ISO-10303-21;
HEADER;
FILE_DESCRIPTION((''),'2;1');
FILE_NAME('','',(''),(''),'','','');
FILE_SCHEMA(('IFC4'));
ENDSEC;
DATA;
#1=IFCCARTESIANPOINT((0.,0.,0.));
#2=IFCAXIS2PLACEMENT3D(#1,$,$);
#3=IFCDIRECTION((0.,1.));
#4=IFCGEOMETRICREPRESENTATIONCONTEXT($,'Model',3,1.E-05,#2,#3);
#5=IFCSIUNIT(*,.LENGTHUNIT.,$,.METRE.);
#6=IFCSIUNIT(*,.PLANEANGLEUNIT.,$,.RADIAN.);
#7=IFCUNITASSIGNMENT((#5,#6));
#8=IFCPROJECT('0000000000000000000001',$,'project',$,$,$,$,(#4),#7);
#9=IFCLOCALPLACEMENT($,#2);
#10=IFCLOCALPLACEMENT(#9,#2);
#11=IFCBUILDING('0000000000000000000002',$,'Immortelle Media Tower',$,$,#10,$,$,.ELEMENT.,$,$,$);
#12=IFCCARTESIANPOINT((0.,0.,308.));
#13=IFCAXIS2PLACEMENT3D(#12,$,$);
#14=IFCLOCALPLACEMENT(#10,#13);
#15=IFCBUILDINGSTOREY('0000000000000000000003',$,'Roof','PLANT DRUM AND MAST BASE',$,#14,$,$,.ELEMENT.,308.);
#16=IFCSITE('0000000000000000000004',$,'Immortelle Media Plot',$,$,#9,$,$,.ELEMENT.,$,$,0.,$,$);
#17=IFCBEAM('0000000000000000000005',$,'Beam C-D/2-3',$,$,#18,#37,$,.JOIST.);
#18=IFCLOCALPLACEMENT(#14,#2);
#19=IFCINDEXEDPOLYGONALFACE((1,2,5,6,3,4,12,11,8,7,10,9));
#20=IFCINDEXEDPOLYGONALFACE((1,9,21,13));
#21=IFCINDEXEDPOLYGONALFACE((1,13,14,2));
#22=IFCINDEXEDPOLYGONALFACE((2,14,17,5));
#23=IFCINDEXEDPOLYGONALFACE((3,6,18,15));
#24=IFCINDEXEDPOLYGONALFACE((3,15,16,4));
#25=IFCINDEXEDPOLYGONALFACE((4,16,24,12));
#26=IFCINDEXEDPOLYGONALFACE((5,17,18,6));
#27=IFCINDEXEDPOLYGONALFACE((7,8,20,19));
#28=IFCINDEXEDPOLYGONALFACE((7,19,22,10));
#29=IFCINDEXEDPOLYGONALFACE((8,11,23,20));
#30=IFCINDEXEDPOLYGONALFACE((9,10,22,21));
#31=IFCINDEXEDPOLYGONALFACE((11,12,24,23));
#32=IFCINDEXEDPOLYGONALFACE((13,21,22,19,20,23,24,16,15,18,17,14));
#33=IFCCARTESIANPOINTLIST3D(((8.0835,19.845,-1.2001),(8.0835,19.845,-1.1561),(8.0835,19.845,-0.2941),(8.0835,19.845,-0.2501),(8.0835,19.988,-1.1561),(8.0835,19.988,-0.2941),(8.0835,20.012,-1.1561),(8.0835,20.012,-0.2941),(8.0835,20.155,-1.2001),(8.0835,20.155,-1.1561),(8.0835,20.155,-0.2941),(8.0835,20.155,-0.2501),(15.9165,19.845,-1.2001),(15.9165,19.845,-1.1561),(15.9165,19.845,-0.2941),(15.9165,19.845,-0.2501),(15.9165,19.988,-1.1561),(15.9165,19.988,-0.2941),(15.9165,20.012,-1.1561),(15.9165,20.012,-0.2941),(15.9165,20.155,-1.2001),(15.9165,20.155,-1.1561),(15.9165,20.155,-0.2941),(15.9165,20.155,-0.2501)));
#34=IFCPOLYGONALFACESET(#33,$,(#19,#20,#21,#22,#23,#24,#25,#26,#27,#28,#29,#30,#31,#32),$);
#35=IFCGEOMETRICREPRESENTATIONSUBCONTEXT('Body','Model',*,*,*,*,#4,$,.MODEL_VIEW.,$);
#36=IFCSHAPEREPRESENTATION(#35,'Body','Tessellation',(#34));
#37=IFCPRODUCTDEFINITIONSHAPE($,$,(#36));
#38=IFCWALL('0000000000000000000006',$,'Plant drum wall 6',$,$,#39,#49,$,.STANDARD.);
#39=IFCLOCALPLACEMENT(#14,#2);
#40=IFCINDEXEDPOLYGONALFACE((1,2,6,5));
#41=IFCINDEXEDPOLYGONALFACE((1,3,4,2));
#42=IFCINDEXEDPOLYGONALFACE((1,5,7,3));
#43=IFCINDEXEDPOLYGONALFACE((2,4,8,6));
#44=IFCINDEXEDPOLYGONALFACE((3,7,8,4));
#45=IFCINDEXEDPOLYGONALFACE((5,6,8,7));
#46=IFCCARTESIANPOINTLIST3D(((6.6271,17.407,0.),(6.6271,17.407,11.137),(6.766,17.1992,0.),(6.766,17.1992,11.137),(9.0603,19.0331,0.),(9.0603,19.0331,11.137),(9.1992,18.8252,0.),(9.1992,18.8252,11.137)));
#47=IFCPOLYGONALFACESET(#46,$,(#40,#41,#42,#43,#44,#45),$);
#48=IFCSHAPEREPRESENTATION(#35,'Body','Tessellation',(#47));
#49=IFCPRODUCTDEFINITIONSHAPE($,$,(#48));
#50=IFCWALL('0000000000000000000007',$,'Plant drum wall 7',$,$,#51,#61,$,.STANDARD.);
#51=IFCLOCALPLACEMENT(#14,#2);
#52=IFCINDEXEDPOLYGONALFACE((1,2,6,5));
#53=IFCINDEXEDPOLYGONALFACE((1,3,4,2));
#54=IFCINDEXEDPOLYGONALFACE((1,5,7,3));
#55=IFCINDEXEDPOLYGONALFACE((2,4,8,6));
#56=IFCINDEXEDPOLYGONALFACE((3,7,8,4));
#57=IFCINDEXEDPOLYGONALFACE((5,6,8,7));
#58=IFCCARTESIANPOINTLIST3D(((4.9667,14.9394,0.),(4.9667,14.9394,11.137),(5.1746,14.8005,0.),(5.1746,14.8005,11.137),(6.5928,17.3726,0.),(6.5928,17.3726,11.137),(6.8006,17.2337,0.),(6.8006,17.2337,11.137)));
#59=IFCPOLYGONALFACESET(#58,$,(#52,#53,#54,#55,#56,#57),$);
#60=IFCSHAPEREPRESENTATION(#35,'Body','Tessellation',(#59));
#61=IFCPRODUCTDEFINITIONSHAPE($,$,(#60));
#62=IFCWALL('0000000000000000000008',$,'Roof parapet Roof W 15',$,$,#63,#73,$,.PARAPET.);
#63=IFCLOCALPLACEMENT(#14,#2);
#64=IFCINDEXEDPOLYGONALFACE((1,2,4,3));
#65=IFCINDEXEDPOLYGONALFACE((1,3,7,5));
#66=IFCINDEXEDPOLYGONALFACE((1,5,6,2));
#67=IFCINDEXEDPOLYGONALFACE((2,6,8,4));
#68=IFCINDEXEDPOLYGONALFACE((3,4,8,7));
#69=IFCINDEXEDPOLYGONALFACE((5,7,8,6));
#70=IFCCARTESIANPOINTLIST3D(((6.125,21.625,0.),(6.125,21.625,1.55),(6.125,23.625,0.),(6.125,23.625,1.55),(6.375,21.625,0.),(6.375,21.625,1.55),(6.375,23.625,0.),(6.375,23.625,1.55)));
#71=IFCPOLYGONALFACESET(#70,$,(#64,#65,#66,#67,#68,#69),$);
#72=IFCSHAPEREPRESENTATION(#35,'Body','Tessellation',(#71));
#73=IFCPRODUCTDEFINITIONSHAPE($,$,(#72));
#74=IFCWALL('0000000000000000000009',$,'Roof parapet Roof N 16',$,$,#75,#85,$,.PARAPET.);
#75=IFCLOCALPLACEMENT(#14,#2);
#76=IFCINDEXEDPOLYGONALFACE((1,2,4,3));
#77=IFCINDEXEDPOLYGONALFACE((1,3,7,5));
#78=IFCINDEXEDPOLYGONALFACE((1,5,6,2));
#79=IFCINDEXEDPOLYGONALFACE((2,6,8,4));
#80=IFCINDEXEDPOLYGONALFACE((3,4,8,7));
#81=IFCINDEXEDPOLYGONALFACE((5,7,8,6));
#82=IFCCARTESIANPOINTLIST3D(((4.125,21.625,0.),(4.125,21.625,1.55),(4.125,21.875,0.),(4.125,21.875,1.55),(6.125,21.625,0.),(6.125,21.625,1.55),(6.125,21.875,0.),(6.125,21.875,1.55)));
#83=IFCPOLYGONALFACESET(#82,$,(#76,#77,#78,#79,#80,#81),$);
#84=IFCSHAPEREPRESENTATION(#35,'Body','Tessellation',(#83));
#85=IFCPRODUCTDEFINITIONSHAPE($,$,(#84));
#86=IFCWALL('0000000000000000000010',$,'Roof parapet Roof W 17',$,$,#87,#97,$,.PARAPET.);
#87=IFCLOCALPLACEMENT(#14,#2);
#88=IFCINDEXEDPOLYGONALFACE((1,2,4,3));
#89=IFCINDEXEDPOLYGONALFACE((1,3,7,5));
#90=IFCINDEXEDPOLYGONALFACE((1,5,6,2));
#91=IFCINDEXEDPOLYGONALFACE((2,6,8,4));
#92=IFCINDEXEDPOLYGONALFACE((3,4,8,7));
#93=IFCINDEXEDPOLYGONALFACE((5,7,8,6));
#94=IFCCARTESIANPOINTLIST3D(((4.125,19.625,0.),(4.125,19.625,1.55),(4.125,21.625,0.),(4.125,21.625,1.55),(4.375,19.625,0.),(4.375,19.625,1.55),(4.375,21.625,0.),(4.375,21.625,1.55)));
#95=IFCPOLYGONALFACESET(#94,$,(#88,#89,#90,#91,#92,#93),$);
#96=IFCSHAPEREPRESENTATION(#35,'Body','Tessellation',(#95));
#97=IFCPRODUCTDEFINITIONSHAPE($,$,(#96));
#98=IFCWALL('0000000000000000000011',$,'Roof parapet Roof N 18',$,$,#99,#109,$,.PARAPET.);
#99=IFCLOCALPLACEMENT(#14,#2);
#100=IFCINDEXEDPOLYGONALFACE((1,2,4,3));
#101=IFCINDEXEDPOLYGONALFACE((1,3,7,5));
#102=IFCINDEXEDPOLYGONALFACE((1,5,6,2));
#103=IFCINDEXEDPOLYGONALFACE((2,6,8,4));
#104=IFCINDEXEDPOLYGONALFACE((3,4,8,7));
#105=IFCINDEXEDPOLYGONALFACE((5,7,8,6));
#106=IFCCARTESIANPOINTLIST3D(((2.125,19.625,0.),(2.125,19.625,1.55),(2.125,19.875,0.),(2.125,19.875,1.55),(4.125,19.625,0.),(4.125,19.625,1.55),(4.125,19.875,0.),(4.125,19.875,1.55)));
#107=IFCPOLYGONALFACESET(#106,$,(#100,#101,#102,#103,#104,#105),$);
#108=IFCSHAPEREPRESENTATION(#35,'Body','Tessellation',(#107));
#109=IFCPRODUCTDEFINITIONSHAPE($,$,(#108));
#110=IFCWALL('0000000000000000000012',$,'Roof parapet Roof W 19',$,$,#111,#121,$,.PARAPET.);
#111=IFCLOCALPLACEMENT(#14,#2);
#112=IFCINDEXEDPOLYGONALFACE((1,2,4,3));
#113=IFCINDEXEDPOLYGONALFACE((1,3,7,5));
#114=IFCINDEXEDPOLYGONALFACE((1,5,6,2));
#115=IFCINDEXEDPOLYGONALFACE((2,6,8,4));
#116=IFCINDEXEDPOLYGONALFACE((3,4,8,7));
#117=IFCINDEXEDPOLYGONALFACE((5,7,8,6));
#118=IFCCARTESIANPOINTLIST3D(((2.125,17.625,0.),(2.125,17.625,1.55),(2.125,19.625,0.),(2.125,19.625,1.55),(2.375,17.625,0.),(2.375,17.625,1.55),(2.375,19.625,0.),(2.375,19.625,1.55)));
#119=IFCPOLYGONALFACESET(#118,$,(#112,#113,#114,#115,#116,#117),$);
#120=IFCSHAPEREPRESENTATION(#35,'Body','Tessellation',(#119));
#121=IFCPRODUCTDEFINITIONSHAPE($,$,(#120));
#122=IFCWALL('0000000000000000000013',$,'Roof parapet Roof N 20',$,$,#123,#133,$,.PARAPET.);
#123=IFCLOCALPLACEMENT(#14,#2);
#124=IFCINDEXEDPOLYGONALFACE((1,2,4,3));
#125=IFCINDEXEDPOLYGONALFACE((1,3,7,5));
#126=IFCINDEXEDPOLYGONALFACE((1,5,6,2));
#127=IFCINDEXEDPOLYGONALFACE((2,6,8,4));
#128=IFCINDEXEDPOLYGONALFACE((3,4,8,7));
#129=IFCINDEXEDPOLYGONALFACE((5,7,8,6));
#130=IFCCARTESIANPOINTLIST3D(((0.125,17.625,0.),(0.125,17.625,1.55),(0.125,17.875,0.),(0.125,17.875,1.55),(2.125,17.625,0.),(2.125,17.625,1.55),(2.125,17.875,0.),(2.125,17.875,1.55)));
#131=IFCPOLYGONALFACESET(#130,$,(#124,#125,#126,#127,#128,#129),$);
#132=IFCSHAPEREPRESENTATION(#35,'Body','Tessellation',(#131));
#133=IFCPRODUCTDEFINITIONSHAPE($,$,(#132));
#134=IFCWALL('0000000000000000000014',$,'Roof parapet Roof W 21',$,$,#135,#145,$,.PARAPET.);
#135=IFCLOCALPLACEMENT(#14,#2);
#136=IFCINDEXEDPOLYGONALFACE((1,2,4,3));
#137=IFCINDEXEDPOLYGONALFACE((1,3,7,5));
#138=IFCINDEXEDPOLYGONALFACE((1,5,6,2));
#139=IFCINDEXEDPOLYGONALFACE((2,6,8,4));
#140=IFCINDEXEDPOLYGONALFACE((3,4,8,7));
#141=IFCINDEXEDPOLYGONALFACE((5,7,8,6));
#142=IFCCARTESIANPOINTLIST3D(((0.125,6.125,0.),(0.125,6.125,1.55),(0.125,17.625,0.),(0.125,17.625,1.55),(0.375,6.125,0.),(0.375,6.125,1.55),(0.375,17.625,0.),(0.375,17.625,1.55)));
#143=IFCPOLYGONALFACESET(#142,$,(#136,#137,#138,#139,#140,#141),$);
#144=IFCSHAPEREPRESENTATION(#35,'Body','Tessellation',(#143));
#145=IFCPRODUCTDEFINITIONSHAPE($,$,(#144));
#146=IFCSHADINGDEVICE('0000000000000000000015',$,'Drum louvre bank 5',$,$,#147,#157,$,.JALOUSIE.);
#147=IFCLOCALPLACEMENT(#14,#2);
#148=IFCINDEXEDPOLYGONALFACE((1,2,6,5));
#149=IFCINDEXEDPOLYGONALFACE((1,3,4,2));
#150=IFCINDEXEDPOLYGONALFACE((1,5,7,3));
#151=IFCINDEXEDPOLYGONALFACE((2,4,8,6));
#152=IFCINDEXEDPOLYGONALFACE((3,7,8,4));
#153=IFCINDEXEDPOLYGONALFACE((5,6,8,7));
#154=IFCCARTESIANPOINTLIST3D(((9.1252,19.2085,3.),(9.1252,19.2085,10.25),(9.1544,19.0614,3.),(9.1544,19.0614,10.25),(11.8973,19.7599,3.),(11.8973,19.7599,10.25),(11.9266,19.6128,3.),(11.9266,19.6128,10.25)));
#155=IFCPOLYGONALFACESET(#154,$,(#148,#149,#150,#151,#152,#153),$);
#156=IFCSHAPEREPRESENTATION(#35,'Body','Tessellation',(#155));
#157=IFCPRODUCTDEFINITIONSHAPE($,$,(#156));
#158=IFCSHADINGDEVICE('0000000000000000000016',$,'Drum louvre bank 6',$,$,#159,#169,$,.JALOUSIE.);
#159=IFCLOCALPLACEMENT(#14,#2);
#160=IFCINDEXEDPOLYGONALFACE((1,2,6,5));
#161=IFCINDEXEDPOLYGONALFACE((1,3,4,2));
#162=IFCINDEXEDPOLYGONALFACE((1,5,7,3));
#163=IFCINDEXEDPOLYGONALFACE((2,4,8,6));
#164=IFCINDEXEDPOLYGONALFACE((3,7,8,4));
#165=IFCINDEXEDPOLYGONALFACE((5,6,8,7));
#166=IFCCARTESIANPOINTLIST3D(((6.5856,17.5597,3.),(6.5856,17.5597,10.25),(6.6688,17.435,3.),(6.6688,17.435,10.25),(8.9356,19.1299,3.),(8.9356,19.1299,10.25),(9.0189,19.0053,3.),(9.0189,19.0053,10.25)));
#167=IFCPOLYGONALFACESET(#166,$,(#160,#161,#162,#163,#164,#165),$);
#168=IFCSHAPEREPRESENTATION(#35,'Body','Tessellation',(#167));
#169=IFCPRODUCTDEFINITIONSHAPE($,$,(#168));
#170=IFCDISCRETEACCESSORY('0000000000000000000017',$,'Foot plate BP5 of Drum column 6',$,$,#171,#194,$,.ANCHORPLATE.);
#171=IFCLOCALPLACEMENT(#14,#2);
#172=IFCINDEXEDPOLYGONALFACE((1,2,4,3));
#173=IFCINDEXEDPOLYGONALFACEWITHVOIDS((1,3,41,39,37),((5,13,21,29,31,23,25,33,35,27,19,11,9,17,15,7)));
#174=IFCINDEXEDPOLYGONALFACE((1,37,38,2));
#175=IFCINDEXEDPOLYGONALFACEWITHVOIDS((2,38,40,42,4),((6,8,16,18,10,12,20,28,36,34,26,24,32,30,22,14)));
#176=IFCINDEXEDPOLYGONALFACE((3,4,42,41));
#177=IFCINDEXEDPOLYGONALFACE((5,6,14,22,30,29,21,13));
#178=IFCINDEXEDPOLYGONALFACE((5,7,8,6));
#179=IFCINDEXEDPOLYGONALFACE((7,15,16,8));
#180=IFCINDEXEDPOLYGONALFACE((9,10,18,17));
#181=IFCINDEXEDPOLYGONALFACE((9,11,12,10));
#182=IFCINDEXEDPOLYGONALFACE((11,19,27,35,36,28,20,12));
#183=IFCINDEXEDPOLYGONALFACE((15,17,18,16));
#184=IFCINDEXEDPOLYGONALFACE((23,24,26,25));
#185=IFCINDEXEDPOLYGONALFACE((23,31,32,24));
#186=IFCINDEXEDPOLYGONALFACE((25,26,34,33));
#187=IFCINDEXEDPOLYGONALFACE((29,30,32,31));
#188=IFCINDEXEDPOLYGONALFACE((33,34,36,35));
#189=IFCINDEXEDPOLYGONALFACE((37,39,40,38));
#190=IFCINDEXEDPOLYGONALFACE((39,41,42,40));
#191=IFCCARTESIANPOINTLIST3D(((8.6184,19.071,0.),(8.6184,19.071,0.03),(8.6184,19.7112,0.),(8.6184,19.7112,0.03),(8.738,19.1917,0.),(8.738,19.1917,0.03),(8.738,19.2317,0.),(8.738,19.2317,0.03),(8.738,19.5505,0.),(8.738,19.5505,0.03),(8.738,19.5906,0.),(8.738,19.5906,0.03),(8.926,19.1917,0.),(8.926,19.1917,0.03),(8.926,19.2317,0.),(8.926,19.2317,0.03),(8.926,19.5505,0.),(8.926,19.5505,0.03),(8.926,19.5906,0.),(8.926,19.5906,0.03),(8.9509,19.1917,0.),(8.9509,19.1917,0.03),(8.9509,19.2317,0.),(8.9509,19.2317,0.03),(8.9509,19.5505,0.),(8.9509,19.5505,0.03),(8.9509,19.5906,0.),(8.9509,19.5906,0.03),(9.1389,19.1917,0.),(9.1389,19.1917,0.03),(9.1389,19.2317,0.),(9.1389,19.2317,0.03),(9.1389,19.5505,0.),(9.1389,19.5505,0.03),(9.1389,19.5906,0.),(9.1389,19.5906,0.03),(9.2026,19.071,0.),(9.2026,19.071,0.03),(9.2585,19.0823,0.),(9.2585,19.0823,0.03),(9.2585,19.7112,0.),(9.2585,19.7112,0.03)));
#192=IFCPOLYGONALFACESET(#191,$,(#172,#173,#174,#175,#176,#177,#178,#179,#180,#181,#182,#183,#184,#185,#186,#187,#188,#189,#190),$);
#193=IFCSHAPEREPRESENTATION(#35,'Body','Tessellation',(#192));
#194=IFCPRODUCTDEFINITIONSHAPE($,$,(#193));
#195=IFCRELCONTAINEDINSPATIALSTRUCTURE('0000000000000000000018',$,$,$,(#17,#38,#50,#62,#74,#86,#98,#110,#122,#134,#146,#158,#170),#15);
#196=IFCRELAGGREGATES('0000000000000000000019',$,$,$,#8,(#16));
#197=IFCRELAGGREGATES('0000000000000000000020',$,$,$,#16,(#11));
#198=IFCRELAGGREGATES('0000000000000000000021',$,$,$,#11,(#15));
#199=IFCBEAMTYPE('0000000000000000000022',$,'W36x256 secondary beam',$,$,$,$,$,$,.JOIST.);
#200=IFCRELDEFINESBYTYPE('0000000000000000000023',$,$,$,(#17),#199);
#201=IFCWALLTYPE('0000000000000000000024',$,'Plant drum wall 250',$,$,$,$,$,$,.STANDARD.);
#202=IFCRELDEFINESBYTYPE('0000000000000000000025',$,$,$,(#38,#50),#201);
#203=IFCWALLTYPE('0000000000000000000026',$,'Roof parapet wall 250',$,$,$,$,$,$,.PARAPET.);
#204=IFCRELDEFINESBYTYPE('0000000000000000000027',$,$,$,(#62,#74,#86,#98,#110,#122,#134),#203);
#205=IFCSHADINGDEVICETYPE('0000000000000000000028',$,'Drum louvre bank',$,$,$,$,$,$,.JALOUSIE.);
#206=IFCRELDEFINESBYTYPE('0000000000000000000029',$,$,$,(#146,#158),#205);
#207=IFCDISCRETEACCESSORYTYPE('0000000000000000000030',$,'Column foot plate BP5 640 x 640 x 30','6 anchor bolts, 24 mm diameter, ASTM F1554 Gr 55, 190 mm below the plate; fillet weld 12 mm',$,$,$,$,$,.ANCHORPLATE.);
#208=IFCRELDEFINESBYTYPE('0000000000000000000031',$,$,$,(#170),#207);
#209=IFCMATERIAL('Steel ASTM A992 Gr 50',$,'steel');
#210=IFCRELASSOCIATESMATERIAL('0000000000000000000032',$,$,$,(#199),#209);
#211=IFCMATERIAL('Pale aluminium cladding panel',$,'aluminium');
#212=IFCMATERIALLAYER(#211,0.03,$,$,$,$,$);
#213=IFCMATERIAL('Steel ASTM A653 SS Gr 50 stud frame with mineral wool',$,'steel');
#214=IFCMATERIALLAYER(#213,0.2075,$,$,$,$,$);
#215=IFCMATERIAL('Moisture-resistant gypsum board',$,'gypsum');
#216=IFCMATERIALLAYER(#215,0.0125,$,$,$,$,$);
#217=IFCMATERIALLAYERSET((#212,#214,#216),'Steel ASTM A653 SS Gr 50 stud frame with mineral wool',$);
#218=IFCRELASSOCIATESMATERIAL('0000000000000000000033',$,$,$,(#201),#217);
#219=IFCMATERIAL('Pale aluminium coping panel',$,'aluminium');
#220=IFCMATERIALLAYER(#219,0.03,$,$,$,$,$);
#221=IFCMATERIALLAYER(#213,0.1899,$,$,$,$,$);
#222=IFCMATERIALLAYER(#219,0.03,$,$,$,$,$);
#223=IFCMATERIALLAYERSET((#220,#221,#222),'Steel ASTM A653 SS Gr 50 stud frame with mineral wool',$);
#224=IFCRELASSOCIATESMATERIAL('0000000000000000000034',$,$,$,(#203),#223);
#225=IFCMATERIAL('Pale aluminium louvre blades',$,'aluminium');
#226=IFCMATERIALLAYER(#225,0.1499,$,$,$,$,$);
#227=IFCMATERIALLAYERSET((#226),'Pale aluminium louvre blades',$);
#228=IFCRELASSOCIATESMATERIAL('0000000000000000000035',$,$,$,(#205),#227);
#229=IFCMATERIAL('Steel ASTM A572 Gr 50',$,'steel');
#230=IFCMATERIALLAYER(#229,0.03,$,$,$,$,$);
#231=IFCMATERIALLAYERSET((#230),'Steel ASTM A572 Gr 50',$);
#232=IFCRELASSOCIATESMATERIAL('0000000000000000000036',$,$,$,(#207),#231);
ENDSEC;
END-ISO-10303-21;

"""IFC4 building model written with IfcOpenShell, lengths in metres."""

from ifc_helpers import new_model, si_unit, direction, frame, frame_2d, origin, origin_2d, place, context, subcontext, project, spatial, polyline, rectangle, i_section, outline, extrude, material, layer, layer_set, material_profile, profile_set, type_object, element, save


model = new_model("IFC4")

# Units and contexts
model_context = context("Model", 3, precision=1e-05, world=origin(), true_north=direction((0.0, 1.0)))
body_context = subcontext(model_context, "Body", "Model", "MODEL_VIEW")
ifc_project = project(units=[si_unit("LENGTHUNIT", "METRE"), si_unit("PLANEANGLEUNIT", "RADIAN")], contexts=[model_context])

# Site, building, storey
site_placement = place(None, origin())
site = spatial("IfcSite", under=ifc_project, at=site_placement, Name="Immortelle Media Plot", CompositionType="ELEMENT", RefElevation=0.0)
building_placement = place(site_placement, origin())
building = spatial("IfcBuilding", under=site, at=building_placement, Name="Immortelle Media Tower", CompositionType="ELEMENT")
storey_placement = place(building_placement, frame((0.0, 0.0, 308.0)))
storey = spatial("IfcBuildingStorey", under=building, at=storey_placement, Name="Roof", Description="PLANT DRUM AND MAST BASE", CompositionType="ELEMENT", Elevation=308.0)

# Shared definitions
ifc_material_1 = material(Name="Steel ASTM A992 Gr 50", Category="steel")

# Beam
ifc_material_profile_1 = material_profile(ifc_material_1, i_section(OverallWidth=0.3101, OverallDepth=0.95, WebThickness=0.0239, FlangeThickness=0.0439, at=origin_2d()), Name="W36x256")
ifc_profile_set_1 = profile_set([ifc_material_profile_1], Name="Steel ASTM A992 Gr 50")
beam_type_1 = type_object("IfcBeamType", Name="W36x256 secondary beam", PredefinedType="JOIST", material=ifc_profile_set_1)
beam_1_placement = place(storey_placement, frame((8.0835, 20.0, -0.7251), z_axis=(1.0, 0.0, 0.0), x_axis=(0.0, 1.0, 0.0)))
element("IfcBeam", 1, at=beam_1_placement, inside=storey, type_object=beam_type_1, Name="Beam C-D/2-3", PredefinedType="JOIST", context=body_context, shape_type="SweptSolid", body=[
    extrude(i_section(OverallWidth=0.3101, OverallDepth=0.95, WebThickness=0.0239, FlangeThickness=0.0439, at=origin_2d()), origin(), (0.0, 0.0, 1.0), 7.833),
])

# Walls
ifc_material_2 = material(Name="Pale aluminium cladding panel", Category="aluminium")
ifc_layer_1 = layer(ifc_material_2, 0.03)
ifc_material_3 = material(Name="Steel ASTM A653 SS Gr 50 stud frame with mineral wool", Category="steel")
ifc_layer_2 = layer(ifc_material_3, 0.2075)
ifc_material_4 = material(Name="Moisture-resistant gypsum board", Category="gypsum")
ifc_layer_3 = layer(ifc_material_4, 0.0125)
ifc_layer_set_1 = layer_set([ifc_layer_1, ifc_layer_2, ifc_layer_3], Name="Steel ASTM A653 SS Gr 50 stud frame with mineral wool")
wall_type_1 = type_object("IfcWallType", Name="Plant drum wall 250", PredefinedType="STANDARD", material=ifc_layer_set_1)
for number, where, z_axis, x_axis, name in (
    (2, (9.1299, 18.9292, 0.0), (0.0, 0.0, 1.0), (-0.831434, -0.555624, 0.0), "Plant drum wall 6"),
    (3, (6.6968, 17.3032, 0.0), (0.0, 0.0, 1.0), (-0.555624, -0.831434, 0.0), "Plant drum wall 7"),
):
    element("IfcWall", number, at=place(storey_placement, frame(where, z_axis=z_axis, x_axis=x_axis)), inside=storey, type_object=wall_type_1, Name=name, PredefinedType="STANDARD", context=body_context, shape_type="SweptSolid", body=[
        extrude(rectangle(XDim=2.9265, YDim=0.25, at=frame_2d((1.4634, 0.0))), origin(), (0.0, 0.0, 1.0), 11.137),
    ])
ifc_material_5 = material(Name="Pale aluminium coping panel", Category="aluminium")
ifc_layer_4 = layer(ifc_material_5, 0.03)
ifc_layer_5 = layer(ifc_material_3, 0.1899)
ifc_layer_6 = layer(ifc_material_5, 0.03)
ifc_layer_set_2 = layer_set([ifc_layer_4, ifc_layer_5, ifc_layer_6], Name="Steel ASTM A653 SS Gr 50 stud frame with mineral wool")
wall_type_2 = type_object("IfcWallType", Name="Roof parapet wall 250", PredefinedType="PARAPET", material=ifc_layer_set_2)
for number, where, z_axis, x_axis, name in (
    (4, (6.25, 23.625, 0.0), (0.0, 0.0, 1.0), (0.0, -1.0, 0.0), "Roof parapet Roof W 15"),
    (5, (6.125, 21.75, 0.0), (0.0, 0.0, 1.0), (-1.0, 0.0, 0.0), "Roof parapet Roof N 16"),
    (6, (4.25, 21.625, 0.0), (0.0, 0.0, 1.0), (0.0, -1.0, 0.0), "Roof parapet Roof W 17"),
    (7, (4.125, 19.75, 0.0), (0.0, 0.0, 1.0), (-1.0, 0.0, 0.0), "Roof parapet Roof N 18"),
    (8, (2.25, 19.625, 0.0), (0.0, 0.0, 1.0), (0.0, -1.0, 0.0), "Roof parapet Roof W 19"),
    (9, (2.125, 17.75, 0.0), (0.0, 0.0, 1.0), (-1.0, 0.0, 0.0), "Roof parapet Roof N 20"),
):
    element("IfcWall", number, at=place(storey_placement, frame(where, z_axis=z_axis, x_axis=x_axis)), inside=storey, type_object=wall_type_2, Name=name, PredefinedType="PARAPET", context=body_context, shape_type="SweptSolid", body=[
        extrude(rectangle(XDim=2.0, YDim=0.25, at=frame_2d((1.0, 0.0))), origin(), (0.0, 0.0, 1.0), 1.55),
    ])
wall_placement = place(storey_placement, frame((0.25, 17.625, 0.0), z_axis=(0.0, 0.0, 1.0), x_axis=(0.0, -1.0, 0.0)))
element("IfcWall", 10, at=wall_placement, inside=storey, type_object=wall_type_2, Name="Roof parapet Roof W 21", PredefinedType="PARAPET", context=body_context, shape_type="SweptSolid", body=[
    extrude(rectangle(XDim=11.5, YDim=0.25, at=frame_2d((5.75, 0.0))), origin(), (0.0, 0.0, 1.0), 1.55),
])

# Shading devices
ifc_material_6 = material(Name="Pale aluminium louvre blades", Category="aluminium")
ifc_layer_7 = layer(ifc_material_6, 0.1499)
ifc_layer_set_3 = layer_set([ifc_layer_7], Name="Pale aluminium louvre blades")
shading_device_type = type_object("IfcShadingDeviceType", Name="Drum louvre bank", PredefinedType="JALOUSIE", material=ifc_layer_set_3)
for number, where, z_axis, x_axis, name in (
    (11, (10.5259, 19.4106, 3.0), (0.0, 0.0, 1.0), (-0.980785, -0.19509, 0.0), "Drum louvre bank 5"),
    (12, (7.8022, 18.2825, 3.0), (0.0, 0.0, 1.0), (-0.83147, -0.55557, 0.0), "Drum louvre bank 6"),
):
    element("IfcShadingDevice", number, at=place(storey_placement, frame(where, z_axis=z_axis, x_axis=x_axis)), inside=storey, type_object=shading_device_type, Name=name, PredefinedType="JALOUSIE", context=body_context, shape_type="SweptSolid", body=[
        extrude(rectangle(XDim=2.8264, YDim=0.1499, at=origin_2d()), origin(), (0.0, 0.0, 1.0), 7.25),
    ])

# Discrete accessory
ifc_material_7 = material(Name="Steel ASTM A572 Gr 50", Category="steel")
ifc_layer_8 = layer(ifc_material_7, 0.03)
ifc_layer_set_4 = layer_set([ifc_layer_8], Name="Steel ASTM A572 Gr 50")
discrete_accessory_type = type_object("IfcDiscreteAccessoryType", Name="Column foot plate BP5 640 x 640 x 30", Description="6 anchor bolts, 24 mm diameter, ASTM F1554 Gr 55, 190 mm below the plate; fillet weld 12 mm", PredefinedType="ANCHORPLATE", material=ifc_layer_set_4)
discrete_accessory_1_placement = place(storey_placement, frame((8.9385, 19.3911, 0.0), z_axis=(0.0, 0.0, 1.0), x_axis=(1.0, 0.0, 0.0)))
element("IfcDiscreteAccessory", 13, at=discrete_accessory_1_placement, inside=storey, type_object=discrete_accessory_type, Name="Foot plate BP5 of Drum column 6", PredefinedType="ANCHORPLATE", context=body_context, shape_type="SweptSolid", body=[
    extrude(outline(polyline([(-0.3201, 0.3201), (-0.3201, -0.3201), (0.2642, -0.3201), (0.3201, -0.3088), (0.3201, 0.3201), (-0.3201, 0.3201)]), holes=[polyline([(0.0125, -0.1594), (0.2004, -0.1594), (0.2004, -0.1995), (0.0125, -0.1995), (-0.0125, -0.1995), (-0.2004, -0.1995), (-0.2004, -0.1594), (-0.0125, -0.1594), (-0.0125, 0.1594), (-0.2004, 0.1594), (-0.2004, 0.1995), (-0.0125, 0.1995), (0.0125, 0.1995), (0.2004, 0.1995), (0.2004, 0.1594), (0.0125, 0.1594), (0.0125, -0.1594)])]), origin(), (0.0, 0.0, 1.0), 0.03),
])

save(model, "model.ifc")
